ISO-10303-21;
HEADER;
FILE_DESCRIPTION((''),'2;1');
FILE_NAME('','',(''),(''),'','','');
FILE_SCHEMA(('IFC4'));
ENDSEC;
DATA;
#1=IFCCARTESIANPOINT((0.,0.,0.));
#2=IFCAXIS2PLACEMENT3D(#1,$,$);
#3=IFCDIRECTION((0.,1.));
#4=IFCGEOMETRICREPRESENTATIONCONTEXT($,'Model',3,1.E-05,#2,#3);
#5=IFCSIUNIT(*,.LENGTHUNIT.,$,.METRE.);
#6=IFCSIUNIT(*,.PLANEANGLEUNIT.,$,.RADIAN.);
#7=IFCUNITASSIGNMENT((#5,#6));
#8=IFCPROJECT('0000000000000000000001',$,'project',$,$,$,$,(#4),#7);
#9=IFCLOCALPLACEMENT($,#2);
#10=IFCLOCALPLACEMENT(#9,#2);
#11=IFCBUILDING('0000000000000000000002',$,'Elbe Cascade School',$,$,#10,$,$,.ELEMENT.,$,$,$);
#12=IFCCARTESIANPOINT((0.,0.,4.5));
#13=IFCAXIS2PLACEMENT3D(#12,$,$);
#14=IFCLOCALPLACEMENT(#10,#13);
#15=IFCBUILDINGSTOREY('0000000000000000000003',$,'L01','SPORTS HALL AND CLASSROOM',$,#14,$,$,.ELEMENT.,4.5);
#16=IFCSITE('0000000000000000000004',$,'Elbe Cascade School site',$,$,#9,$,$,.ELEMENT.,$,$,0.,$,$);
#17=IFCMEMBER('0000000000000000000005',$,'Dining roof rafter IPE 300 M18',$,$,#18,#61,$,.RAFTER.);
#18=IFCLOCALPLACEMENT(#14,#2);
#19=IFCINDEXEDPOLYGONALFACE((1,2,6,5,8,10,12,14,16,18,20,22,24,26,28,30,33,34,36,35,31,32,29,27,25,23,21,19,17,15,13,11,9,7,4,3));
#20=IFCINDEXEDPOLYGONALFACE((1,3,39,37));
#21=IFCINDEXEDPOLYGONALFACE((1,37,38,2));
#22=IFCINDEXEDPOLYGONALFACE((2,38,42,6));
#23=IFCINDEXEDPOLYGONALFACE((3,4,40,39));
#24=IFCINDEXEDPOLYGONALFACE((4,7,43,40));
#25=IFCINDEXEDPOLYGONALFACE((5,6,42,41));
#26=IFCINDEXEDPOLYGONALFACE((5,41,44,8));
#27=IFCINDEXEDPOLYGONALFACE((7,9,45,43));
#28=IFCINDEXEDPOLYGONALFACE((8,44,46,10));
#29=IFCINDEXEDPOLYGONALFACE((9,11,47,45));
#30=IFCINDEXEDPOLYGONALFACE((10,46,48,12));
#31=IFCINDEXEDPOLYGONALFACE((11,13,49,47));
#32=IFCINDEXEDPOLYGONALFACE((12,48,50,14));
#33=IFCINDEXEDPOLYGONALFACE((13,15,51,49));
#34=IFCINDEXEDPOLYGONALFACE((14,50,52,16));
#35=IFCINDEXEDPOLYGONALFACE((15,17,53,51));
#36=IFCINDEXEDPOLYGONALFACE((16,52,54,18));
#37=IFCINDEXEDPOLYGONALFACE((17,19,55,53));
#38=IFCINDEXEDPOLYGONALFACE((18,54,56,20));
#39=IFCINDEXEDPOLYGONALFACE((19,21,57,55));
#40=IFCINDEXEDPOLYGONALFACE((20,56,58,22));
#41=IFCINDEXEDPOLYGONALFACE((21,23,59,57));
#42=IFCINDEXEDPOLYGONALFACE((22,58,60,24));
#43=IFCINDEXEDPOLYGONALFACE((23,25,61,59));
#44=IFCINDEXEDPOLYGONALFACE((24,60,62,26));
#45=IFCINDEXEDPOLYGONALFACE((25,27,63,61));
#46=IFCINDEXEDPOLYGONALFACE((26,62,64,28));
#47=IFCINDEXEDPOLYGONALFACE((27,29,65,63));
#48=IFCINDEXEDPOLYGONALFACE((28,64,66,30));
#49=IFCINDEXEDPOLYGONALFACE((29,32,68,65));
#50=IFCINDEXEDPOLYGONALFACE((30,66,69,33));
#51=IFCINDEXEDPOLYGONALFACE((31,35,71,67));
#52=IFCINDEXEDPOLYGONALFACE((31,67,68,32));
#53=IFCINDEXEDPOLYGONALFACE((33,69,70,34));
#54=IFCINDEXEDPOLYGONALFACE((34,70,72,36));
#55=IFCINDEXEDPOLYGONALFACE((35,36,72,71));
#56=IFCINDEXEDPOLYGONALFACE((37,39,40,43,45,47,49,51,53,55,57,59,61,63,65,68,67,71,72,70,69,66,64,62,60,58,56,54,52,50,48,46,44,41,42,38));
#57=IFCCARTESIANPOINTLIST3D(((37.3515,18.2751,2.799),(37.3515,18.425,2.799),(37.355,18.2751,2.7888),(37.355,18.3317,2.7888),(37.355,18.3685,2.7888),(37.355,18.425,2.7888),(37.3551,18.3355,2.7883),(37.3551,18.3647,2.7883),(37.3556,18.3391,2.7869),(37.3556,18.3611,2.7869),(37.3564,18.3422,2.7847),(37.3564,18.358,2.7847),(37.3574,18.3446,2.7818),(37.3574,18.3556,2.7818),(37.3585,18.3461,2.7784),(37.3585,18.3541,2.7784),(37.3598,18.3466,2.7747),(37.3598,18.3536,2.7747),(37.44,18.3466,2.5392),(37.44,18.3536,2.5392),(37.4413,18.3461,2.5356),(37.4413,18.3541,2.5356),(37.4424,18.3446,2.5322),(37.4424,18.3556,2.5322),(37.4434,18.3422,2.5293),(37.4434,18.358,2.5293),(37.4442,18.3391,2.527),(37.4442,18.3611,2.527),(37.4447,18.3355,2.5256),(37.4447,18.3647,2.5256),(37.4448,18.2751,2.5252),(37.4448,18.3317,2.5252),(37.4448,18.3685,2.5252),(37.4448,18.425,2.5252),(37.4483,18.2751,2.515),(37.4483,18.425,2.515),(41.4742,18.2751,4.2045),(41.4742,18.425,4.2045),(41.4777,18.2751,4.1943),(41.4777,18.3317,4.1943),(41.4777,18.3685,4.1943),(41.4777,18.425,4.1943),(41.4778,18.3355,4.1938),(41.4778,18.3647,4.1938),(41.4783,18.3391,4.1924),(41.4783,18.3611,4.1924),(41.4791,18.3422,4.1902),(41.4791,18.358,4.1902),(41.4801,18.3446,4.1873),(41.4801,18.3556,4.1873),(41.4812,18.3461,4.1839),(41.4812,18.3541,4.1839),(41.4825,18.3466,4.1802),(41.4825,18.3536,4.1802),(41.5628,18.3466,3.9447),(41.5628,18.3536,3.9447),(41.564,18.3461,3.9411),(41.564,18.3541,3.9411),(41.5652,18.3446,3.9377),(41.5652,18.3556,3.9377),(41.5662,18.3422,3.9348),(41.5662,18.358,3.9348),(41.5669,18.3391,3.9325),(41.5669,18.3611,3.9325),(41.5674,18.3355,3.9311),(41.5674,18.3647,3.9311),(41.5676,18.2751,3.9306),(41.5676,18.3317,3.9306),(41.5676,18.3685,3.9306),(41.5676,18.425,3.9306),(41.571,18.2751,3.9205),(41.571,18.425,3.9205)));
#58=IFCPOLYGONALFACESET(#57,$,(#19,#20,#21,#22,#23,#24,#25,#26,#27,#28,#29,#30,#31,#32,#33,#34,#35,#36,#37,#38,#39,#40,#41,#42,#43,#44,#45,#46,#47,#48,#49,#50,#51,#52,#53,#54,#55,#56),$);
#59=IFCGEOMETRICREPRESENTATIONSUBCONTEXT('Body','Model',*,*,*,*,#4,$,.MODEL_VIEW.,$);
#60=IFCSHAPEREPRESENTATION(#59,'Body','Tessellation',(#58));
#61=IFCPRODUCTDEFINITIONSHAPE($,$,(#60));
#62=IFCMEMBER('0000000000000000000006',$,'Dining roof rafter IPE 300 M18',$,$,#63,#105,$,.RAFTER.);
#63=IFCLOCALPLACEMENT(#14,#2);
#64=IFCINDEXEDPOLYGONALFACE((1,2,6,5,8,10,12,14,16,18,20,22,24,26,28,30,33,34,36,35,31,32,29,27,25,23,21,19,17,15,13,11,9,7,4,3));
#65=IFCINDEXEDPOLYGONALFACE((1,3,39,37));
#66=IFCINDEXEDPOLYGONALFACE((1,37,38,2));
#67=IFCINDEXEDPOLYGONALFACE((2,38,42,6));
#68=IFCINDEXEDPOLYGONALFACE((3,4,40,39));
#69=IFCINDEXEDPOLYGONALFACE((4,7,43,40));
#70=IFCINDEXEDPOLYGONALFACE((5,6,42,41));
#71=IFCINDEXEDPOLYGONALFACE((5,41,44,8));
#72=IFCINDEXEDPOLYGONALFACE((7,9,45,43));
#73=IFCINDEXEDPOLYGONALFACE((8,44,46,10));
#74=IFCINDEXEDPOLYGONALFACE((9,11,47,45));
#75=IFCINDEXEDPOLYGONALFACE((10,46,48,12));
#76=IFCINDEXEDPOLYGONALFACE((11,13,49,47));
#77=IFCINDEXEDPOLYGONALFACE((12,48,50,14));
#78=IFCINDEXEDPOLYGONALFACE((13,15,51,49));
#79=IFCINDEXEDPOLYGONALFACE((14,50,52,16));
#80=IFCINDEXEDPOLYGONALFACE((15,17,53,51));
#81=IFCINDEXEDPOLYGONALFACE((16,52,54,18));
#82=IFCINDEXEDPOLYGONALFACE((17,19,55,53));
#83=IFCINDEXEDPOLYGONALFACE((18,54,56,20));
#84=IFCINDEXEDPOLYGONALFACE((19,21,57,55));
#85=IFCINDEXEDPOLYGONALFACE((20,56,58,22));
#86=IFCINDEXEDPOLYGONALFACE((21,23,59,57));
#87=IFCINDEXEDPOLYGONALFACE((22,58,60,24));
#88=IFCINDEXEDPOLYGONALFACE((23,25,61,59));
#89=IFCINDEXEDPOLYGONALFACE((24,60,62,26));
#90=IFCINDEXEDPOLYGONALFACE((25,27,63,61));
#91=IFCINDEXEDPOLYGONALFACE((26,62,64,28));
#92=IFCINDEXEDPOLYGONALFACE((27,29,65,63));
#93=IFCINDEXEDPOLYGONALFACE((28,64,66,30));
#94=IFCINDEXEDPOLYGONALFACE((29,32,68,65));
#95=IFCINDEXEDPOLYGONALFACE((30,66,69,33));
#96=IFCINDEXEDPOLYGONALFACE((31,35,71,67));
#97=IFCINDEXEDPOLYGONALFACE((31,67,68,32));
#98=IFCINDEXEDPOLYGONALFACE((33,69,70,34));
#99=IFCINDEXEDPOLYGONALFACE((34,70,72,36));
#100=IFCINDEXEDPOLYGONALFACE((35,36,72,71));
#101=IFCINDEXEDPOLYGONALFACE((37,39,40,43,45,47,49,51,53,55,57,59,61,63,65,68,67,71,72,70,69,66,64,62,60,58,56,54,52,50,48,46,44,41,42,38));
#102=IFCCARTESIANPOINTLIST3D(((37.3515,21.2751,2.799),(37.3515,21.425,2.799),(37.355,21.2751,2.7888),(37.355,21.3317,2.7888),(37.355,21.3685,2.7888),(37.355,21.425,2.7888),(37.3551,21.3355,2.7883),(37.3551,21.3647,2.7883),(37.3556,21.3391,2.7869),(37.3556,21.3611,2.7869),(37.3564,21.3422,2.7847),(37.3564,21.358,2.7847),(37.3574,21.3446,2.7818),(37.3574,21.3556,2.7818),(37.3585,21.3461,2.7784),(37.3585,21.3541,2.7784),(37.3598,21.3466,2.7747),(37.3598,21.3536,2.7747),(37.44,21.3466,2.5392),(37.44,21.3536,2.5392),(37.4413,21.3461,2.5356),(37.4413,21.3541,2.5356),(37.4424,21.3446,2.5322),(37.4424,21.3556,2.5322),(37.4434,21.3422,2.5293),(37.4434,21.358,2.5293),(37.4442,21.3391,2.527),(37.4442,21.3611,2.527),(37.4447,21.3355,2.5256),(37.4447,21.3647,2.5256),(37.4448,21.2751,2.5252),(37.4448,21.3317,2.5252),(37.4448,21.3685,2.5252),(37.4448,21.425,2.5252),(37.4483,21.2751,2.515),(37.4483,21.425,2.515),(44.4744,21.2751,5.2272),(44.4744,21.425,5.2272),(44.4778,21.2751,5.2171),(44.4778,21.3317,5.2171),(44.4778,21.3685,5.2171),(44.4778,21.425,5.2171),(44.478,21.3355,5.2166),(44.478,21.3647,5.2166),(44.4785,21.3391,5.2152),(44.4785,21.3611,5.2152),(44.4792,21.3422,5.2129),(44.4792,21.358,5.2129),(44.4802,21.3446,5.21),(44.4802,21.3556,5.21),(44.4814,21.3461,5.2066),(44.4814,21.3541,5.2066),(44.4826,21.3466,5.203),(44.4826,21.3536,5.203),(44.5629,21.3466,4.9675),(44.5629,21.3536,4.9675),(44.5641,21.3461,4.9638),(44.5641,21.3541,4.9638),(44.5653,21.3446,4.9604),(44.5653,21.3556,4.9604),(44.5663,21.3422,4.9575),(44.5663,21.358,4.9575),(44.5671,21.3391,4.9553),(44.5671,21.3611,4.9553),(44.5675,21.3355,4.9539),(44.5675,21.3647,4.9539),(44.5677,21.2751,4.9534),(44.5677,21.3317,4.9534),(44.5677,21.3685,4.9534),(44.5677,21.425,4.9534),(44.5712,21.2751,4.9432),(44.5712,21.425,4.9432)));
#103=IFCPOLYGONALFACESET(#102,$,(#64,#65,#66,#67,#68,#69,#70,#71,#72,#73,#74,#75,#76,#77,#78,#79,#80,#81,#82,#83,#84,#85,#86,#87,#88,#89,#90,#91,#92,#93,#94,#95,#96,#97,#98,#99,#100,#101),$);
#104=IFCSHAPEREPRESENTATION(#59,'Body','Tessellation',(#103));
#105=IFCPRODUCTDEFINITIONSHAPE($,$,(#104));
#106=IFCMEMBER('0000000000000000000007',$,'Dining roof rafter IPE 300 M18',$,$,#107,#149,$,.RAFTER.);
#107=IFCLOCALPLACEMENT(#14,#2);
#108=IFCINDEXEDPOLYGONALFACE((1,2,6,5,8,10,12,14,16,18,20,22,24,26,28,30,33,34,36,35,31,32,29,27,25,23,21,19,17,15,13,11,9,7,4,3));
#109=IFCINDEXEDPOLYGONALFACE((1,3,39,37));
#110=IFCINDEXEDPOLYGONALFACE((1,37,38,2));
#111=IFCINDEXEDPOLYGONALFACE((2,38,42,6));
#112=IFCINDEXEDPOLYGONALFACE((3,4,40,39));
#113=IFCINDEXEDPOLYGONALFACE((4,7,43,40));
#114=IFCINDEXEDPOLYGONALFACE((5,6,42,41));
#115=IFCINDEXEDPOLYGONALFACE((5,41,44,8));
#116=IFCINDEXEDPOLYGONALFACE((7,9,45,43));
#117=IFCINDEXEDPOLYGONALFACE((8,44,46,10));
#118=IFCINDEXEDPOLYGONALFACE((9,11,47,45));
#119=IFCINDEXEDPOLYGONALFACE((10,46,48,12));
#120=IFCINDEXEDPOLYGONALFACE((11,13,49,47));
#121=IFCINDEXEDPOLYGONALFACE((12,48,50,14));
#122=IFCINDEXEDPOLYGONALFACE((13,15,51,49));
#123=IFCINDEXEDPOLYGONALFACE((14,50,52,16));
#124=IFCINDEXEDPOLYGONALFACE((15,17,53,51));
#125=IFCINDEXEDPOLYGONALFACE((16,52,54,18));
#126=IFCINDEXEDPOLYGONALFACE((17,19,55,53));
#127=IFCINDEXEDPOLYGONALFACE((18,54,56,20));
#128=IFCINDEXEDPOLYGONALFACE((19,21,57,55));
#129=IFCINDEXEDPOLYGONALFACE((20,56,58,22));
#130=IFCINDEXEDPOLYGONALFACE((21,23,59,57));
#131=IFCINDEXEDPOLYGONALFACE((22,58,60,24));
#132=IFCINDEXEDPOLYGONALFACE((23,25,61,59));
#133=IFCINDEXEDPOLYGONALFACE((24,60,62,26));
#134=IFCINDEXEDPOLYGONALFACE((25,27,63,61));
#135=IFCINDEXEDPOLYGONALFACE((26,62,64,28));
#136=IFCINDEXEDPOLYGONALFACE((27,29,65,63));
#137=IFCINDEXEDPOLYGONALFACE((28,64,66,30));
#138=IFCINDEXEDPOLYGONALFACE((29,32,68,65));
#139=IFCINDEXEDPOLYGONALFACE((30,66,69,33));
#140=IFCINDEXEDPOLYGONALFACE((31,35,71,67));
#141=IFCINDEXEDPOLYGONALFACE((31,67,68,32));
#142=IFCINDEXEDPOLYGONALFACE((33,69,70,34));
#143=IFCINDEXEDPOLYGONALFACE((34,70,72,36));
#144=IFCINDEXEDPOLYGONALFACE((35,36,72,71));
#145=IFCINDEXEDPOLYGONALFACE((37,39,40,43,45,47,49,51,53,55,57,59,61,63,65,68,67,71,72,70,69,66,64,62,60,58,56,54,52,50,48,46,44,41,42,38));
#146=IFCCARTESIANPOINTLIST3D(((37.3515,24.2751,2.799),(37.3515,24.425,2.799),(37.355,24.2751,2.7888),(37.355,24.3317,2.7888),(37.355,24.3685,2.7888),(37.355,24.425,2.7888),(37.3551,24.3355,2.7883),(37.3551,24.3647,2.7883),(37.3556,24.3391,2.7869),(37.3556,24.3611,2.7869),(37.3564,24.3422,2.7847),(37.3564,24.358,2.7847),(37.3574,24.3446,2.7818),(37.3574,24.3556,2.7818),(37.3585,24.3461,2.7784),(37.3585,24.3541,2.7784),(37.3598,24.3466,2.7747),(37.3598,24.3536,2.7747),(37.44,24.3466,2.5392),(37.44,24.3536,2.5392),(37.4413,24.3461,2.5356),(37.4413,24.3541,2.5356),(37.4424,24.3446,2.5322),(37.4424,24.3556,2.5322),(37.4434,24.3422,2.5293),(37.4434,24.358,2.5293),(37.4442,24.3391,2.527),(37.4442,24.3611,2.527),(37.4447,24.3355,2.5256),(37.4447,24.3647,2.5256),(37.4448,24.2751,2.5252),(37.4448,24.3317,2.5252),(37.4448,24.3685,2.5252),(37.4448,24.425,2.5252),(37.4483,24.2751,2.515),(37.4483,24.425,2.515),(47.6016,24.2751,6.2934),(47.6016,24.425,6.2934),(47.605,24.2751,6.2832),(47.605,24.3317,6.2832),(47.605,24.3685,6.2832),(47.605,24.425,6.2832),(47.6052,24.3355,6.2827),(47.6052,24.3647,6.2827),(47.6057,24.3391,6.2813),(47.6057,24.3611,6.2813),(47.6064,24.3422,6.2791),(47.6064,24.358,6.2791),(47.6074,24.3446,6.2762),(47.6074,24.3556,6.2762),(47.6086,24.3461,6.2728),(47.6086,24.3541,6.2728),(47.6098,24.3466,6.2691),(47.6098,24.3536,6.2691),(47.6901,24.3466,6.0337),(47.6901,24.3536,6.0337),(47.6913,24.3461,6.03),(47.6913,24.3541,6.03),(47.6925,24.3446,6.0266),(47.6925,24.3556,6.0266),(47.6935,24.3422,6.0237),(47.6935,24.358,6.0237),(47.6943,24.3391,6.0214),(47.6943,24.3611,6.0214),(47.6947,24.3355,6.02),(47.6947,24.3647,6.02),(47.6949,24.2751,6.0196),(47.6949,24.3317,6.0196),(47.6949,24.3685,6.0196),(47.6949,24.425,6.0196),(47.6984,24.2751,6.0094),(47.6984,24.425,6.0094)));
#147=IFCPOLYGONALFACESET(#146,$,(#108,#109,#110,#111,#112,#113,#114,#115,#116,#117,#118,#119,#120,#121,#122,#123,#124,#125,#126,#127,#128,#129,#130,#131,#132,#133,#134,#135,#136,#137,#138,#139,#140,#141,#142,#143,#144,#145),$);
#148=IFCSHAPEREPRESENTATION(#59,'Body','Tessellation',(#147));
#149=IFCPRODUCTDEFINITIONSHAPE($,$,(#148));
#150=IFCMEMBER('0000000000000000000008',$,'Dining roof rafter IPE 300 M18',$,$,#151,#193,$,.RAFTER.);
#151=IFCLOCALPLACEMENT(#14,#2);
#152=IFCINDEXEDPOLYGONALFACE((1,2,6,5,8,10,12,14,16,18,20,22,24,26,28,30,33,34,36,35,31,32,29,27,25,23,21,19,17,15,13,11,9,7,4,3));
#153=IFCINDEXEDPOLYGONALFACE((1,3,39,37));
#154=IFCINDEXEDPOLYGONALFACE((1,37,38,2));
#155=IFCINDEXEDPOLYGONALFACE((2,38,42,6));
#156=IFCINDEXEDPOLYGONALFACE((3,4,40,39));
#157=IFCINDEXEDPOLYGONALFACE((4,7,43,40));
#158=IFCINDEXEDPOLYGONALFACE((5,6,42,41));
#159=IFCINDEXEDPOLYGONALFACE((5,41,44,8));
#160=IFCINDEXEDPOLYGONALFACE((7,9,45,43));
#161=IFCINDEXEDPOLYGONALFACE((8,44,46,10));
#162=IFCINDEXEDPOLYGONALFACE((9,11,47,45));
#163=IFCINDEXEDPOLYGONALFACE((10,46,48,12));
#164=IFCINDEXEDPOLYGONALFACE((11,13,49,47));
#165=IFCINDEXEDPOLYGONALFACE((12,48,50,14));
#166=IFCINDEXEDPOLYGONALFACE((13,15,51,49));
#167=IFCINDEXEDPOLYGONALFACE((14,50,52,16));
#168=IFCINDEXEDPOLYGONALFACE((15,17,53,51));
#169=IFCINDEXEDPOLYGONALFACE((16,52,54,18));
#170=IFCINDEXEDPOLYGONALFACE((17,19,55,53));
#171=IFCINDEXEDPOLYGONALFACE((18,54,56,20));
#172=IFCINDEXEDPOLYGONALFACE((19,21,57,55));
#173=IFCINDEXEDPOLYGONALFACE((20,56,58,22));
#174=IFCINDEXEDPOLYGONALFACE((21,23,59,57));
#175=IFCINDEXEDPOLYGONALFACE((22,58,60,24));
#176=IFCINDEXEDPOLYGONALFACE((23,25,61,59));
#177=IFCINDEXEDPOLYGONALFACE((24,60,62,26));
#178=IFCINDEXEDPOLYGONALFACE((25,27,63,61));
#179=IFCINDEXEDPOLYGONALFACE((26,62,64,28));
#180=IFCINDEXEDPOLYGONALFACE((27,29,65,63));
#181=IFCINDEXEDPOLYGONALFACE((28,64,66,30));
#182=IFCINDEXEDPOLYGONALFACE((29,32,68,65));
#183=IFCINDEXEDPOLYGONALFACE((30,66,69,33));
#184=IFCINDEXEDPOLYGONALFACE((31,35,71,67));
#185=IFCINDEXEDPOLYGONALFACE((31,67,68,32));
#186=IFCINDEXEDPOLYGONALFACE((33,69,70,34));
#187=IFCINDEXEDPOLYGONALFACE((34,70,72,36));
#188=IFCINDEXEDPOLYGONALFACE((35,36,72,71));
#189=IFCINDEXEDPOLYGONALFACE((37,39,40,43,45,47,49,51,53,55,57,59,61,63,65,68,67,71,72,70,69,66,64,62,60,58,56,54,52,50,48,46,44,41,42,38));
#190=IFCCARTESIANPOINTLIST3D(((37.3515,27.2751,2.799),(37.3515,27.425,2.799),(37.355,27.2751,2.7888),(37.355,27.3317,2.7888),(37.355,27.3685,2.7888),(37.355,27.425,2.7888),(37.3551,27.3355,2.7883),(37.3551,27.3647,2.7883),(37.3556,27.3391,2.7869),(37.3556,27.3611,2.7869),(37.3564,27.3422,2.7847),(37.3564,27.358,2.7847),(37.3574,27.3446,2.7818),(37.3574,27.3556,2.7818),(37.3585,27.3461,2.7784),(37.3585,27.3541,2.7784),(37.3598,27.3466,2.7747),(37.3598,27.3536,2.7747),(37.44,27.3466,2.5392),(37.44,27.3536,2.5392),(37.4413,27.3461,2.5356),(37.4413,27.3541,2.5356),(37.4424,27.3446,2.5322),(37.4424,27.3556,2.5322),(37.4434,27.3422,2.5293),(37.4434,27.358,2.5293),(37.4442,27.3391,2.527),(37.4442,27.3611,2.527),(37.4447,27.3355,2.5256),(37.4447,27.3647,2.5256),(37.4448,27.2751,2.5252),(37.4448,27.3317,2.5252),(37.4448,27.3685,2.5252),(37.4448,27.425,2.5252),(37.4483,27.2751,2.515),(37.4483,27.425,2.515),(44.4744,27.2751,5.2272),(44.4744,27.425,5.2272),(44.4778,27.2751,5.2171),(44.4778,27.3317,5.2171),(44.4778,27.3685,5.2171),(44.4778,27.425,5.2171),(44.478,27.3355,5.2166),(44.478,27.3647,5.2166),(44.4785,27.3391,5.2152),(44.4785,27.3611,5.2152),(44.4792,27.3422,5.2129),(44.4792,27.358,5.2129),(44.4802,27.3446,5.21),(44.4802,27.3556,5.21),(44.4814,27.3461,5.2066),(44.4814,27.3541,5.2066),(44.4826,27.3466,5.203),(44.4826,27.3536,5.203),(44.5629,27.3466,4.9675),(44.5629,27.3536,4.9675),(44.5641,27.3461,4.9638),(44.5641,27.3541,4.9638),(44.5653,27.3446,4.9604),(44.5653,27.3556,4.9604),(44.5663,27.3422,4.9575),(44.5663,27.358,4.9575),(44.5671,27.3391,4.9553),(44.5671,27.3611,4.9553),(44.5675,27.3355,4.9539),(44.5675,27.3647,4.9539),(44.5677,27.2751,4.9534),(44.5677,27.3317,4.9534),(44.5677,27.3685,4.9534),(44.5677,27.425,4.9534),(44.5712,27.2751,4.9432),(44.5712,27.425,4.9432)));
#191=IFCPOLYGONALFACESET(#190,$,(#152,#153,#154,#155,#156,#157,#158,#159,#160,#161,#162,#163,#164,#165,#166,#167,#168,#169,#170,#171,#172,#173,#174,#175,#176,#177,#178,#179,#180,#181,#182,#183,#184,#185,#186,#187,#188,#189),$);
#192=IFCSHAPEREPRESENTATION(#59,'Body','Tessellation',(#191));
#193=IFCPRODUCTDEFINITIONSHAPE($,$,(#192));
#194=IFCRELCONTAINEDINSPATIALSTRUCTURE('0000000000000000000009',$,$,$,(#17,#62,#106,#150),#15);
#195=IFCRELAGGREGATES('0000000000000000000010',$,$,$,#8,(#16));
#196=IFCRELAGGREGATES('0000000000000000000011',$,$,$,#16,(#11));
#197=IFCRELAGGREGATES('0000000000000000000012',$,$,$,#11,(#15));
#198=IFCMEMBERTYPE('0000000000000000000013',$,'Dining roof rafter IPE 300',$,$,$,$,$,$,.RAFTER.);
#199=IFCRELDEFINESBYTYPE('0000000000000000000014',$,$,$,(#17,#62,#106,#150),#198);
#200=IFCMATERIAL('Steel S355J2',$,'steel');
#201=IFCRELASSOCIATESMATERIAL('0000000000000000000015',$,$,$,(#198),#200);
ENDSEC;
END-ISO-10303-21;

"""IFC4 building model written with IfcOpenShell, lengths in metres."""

from ifc_helpers import new_model, si_unit, direction, frame, origin, origin_2d, place, context, subcontext, project, spatial, i_section, extrude, material, material_profile, profile_set, type_object, element, save


model = new_model("IFC4")

# Units and contexts
model_context = context("Model", 3, precision=1e-05, world=origin(), true_north=direction((0.0, 1.0)))
body_context = subcontext(model_context, "Body", "Model", "MODEL_VIEW")
ifc_project = project(units=[si_unit("LENGTHUNIT", "METRE"), si_unit("PLANEANGLEUNIT", "RADIAN")], contexts=[model_context])

# Site, building, storey
site_placement = place(None, origin())
site = spatial("IfcSite", under=ifc_project, at=site_placement, Name="Elbe Cascade School site", CompositionType="ELEMENT", RefElevation=0.0)
building_placement = place(site_placement, origin())
building = spatial("IfcBuilding", under=site, at=building_placement, Name="Elbe Cascade School", CompositionType="ELEMENT")
storey_placement = place(building_placement, frame((0.0, 0.0, 4.5)))
storey = spatial("IfcBuildingStorey", under=building, at=storey_placement, Name="L01", Description="SPORTS HALL AND CLASSROOM", CompositionType="ELEMENT", Elevation=4.5)

# Members
ifc_material_1 = material(Name="Steel S355J2", Category="steel")
ifc_material_profile_1 = material_profile(ifc_material_1, i_section(OverallWidth=0.1499, OverallDepth=0.3, WebThickness=0.0071, FlangeThickness=0.0107, FilletRadius=0.0149, at=origin_2d()), Name="IPE 300")
ifc_profile_set_1 = profile_set([ifc_material_profile_1], Name="Steel S355J2")
member_type_1 = type_object("IfcMemberType", Name="Dining roof rafter IPE 300", PredefinedType="RAFTER", material=ifc_profile_set_1)
member_1_placement = place(storey_placement, frame((37.3999, 18.3501, 2.657), z_axis=(0.946509, 0.0, 0.322677), x_axis=(0.0, 1.0, 0.0)))
element("IfcMember", 1, at=member_1_placement, inside=storey, type_object=member_type_1, Name="Dining roof rafter IPE 300 M18", PredefinedType="RAFTER", context=body_context, shape_type="SweptSolid", body=[
    extrude(i_section(OverallWidth=0.1499, OverallDepth=0.3, WebThickness=0.0071, FlangeThickness=0.0107, FilletRadius=0.0149, at=origin_2d()), origin(), (0.0, 0.0, 1.0), 4.3557),
])
member_2_placement = place(storey_placement, frame((37.3999, 21.3501, 2.657), z_axis=(0.94651, 0.0, 0.322673), x_axis=(0.0, 1.0, 0.0)))
element("IfcMember", 2, at=member_2_placement, inside=storey, type_object=member_type_1, Name="Dining roof rafter IPE 300 M18", PredefinedType="RAFTER", context=body_context, shape_type="SweptSolid", body=[
    extrude(i_section(OverallWidth=0.1499, OverallDepth=0.3, WebThickness=0.0071, FlangeThickness=0.0107, FilletRadius=0.0149, at=origin_2d()), origin(), (0.0, 0.0, 1.0), 7.5254),
])
member_3_placement = place(storey_placement, frame((37.3999, 24.3501, 2.657), z_axis=(0.946508, 0.0, 0.322679), x_axis=(0.0, 1.0, 0.0)))
element("IfcMember", 3, at=member_3_placement, inside=storey, type_object=member_type_1, Name="Dining roof rafter IPE 300 M18", PredefinedType="RAFTER", context=body_context, shape_type="SweptSolid", body=[
    extrude(i_section(OverallWidth=0.1499, OverallDepth=0.3, WebThickness=0.0071, FlangeThickness=0.0107, FilletRadius=0.0149, at=origin_2d()), origin(), (0.0, 0.0, 1.0), 10.8293),
])
member_4_placement = place(storey_placement, frame((37.3999, 27.3501, 2.657), z_axis=(0.94651, 0.0, 0.322673), x_axis=(0.0, 1.0, 0.0)))
element("IfcMember", 4, at=member_4_placement, inside=storey, type_object=member_type_1, Name="Dining roof rafter IPE 300 M18", PredefinedType="RAFTER", context=body_context, shape_type="SweptSolid", body=[
    extrude(i_section(OverallWidth=0.1499, OverallDepth=0.3, WebThickness=0.0071, FlangeThickness=0.0107, FilletRadius=0.0149, at=origin_2d()), origin(), (0.0, 0.0, 1.0), 7.5254),
])

save(model, "model.ifc")
